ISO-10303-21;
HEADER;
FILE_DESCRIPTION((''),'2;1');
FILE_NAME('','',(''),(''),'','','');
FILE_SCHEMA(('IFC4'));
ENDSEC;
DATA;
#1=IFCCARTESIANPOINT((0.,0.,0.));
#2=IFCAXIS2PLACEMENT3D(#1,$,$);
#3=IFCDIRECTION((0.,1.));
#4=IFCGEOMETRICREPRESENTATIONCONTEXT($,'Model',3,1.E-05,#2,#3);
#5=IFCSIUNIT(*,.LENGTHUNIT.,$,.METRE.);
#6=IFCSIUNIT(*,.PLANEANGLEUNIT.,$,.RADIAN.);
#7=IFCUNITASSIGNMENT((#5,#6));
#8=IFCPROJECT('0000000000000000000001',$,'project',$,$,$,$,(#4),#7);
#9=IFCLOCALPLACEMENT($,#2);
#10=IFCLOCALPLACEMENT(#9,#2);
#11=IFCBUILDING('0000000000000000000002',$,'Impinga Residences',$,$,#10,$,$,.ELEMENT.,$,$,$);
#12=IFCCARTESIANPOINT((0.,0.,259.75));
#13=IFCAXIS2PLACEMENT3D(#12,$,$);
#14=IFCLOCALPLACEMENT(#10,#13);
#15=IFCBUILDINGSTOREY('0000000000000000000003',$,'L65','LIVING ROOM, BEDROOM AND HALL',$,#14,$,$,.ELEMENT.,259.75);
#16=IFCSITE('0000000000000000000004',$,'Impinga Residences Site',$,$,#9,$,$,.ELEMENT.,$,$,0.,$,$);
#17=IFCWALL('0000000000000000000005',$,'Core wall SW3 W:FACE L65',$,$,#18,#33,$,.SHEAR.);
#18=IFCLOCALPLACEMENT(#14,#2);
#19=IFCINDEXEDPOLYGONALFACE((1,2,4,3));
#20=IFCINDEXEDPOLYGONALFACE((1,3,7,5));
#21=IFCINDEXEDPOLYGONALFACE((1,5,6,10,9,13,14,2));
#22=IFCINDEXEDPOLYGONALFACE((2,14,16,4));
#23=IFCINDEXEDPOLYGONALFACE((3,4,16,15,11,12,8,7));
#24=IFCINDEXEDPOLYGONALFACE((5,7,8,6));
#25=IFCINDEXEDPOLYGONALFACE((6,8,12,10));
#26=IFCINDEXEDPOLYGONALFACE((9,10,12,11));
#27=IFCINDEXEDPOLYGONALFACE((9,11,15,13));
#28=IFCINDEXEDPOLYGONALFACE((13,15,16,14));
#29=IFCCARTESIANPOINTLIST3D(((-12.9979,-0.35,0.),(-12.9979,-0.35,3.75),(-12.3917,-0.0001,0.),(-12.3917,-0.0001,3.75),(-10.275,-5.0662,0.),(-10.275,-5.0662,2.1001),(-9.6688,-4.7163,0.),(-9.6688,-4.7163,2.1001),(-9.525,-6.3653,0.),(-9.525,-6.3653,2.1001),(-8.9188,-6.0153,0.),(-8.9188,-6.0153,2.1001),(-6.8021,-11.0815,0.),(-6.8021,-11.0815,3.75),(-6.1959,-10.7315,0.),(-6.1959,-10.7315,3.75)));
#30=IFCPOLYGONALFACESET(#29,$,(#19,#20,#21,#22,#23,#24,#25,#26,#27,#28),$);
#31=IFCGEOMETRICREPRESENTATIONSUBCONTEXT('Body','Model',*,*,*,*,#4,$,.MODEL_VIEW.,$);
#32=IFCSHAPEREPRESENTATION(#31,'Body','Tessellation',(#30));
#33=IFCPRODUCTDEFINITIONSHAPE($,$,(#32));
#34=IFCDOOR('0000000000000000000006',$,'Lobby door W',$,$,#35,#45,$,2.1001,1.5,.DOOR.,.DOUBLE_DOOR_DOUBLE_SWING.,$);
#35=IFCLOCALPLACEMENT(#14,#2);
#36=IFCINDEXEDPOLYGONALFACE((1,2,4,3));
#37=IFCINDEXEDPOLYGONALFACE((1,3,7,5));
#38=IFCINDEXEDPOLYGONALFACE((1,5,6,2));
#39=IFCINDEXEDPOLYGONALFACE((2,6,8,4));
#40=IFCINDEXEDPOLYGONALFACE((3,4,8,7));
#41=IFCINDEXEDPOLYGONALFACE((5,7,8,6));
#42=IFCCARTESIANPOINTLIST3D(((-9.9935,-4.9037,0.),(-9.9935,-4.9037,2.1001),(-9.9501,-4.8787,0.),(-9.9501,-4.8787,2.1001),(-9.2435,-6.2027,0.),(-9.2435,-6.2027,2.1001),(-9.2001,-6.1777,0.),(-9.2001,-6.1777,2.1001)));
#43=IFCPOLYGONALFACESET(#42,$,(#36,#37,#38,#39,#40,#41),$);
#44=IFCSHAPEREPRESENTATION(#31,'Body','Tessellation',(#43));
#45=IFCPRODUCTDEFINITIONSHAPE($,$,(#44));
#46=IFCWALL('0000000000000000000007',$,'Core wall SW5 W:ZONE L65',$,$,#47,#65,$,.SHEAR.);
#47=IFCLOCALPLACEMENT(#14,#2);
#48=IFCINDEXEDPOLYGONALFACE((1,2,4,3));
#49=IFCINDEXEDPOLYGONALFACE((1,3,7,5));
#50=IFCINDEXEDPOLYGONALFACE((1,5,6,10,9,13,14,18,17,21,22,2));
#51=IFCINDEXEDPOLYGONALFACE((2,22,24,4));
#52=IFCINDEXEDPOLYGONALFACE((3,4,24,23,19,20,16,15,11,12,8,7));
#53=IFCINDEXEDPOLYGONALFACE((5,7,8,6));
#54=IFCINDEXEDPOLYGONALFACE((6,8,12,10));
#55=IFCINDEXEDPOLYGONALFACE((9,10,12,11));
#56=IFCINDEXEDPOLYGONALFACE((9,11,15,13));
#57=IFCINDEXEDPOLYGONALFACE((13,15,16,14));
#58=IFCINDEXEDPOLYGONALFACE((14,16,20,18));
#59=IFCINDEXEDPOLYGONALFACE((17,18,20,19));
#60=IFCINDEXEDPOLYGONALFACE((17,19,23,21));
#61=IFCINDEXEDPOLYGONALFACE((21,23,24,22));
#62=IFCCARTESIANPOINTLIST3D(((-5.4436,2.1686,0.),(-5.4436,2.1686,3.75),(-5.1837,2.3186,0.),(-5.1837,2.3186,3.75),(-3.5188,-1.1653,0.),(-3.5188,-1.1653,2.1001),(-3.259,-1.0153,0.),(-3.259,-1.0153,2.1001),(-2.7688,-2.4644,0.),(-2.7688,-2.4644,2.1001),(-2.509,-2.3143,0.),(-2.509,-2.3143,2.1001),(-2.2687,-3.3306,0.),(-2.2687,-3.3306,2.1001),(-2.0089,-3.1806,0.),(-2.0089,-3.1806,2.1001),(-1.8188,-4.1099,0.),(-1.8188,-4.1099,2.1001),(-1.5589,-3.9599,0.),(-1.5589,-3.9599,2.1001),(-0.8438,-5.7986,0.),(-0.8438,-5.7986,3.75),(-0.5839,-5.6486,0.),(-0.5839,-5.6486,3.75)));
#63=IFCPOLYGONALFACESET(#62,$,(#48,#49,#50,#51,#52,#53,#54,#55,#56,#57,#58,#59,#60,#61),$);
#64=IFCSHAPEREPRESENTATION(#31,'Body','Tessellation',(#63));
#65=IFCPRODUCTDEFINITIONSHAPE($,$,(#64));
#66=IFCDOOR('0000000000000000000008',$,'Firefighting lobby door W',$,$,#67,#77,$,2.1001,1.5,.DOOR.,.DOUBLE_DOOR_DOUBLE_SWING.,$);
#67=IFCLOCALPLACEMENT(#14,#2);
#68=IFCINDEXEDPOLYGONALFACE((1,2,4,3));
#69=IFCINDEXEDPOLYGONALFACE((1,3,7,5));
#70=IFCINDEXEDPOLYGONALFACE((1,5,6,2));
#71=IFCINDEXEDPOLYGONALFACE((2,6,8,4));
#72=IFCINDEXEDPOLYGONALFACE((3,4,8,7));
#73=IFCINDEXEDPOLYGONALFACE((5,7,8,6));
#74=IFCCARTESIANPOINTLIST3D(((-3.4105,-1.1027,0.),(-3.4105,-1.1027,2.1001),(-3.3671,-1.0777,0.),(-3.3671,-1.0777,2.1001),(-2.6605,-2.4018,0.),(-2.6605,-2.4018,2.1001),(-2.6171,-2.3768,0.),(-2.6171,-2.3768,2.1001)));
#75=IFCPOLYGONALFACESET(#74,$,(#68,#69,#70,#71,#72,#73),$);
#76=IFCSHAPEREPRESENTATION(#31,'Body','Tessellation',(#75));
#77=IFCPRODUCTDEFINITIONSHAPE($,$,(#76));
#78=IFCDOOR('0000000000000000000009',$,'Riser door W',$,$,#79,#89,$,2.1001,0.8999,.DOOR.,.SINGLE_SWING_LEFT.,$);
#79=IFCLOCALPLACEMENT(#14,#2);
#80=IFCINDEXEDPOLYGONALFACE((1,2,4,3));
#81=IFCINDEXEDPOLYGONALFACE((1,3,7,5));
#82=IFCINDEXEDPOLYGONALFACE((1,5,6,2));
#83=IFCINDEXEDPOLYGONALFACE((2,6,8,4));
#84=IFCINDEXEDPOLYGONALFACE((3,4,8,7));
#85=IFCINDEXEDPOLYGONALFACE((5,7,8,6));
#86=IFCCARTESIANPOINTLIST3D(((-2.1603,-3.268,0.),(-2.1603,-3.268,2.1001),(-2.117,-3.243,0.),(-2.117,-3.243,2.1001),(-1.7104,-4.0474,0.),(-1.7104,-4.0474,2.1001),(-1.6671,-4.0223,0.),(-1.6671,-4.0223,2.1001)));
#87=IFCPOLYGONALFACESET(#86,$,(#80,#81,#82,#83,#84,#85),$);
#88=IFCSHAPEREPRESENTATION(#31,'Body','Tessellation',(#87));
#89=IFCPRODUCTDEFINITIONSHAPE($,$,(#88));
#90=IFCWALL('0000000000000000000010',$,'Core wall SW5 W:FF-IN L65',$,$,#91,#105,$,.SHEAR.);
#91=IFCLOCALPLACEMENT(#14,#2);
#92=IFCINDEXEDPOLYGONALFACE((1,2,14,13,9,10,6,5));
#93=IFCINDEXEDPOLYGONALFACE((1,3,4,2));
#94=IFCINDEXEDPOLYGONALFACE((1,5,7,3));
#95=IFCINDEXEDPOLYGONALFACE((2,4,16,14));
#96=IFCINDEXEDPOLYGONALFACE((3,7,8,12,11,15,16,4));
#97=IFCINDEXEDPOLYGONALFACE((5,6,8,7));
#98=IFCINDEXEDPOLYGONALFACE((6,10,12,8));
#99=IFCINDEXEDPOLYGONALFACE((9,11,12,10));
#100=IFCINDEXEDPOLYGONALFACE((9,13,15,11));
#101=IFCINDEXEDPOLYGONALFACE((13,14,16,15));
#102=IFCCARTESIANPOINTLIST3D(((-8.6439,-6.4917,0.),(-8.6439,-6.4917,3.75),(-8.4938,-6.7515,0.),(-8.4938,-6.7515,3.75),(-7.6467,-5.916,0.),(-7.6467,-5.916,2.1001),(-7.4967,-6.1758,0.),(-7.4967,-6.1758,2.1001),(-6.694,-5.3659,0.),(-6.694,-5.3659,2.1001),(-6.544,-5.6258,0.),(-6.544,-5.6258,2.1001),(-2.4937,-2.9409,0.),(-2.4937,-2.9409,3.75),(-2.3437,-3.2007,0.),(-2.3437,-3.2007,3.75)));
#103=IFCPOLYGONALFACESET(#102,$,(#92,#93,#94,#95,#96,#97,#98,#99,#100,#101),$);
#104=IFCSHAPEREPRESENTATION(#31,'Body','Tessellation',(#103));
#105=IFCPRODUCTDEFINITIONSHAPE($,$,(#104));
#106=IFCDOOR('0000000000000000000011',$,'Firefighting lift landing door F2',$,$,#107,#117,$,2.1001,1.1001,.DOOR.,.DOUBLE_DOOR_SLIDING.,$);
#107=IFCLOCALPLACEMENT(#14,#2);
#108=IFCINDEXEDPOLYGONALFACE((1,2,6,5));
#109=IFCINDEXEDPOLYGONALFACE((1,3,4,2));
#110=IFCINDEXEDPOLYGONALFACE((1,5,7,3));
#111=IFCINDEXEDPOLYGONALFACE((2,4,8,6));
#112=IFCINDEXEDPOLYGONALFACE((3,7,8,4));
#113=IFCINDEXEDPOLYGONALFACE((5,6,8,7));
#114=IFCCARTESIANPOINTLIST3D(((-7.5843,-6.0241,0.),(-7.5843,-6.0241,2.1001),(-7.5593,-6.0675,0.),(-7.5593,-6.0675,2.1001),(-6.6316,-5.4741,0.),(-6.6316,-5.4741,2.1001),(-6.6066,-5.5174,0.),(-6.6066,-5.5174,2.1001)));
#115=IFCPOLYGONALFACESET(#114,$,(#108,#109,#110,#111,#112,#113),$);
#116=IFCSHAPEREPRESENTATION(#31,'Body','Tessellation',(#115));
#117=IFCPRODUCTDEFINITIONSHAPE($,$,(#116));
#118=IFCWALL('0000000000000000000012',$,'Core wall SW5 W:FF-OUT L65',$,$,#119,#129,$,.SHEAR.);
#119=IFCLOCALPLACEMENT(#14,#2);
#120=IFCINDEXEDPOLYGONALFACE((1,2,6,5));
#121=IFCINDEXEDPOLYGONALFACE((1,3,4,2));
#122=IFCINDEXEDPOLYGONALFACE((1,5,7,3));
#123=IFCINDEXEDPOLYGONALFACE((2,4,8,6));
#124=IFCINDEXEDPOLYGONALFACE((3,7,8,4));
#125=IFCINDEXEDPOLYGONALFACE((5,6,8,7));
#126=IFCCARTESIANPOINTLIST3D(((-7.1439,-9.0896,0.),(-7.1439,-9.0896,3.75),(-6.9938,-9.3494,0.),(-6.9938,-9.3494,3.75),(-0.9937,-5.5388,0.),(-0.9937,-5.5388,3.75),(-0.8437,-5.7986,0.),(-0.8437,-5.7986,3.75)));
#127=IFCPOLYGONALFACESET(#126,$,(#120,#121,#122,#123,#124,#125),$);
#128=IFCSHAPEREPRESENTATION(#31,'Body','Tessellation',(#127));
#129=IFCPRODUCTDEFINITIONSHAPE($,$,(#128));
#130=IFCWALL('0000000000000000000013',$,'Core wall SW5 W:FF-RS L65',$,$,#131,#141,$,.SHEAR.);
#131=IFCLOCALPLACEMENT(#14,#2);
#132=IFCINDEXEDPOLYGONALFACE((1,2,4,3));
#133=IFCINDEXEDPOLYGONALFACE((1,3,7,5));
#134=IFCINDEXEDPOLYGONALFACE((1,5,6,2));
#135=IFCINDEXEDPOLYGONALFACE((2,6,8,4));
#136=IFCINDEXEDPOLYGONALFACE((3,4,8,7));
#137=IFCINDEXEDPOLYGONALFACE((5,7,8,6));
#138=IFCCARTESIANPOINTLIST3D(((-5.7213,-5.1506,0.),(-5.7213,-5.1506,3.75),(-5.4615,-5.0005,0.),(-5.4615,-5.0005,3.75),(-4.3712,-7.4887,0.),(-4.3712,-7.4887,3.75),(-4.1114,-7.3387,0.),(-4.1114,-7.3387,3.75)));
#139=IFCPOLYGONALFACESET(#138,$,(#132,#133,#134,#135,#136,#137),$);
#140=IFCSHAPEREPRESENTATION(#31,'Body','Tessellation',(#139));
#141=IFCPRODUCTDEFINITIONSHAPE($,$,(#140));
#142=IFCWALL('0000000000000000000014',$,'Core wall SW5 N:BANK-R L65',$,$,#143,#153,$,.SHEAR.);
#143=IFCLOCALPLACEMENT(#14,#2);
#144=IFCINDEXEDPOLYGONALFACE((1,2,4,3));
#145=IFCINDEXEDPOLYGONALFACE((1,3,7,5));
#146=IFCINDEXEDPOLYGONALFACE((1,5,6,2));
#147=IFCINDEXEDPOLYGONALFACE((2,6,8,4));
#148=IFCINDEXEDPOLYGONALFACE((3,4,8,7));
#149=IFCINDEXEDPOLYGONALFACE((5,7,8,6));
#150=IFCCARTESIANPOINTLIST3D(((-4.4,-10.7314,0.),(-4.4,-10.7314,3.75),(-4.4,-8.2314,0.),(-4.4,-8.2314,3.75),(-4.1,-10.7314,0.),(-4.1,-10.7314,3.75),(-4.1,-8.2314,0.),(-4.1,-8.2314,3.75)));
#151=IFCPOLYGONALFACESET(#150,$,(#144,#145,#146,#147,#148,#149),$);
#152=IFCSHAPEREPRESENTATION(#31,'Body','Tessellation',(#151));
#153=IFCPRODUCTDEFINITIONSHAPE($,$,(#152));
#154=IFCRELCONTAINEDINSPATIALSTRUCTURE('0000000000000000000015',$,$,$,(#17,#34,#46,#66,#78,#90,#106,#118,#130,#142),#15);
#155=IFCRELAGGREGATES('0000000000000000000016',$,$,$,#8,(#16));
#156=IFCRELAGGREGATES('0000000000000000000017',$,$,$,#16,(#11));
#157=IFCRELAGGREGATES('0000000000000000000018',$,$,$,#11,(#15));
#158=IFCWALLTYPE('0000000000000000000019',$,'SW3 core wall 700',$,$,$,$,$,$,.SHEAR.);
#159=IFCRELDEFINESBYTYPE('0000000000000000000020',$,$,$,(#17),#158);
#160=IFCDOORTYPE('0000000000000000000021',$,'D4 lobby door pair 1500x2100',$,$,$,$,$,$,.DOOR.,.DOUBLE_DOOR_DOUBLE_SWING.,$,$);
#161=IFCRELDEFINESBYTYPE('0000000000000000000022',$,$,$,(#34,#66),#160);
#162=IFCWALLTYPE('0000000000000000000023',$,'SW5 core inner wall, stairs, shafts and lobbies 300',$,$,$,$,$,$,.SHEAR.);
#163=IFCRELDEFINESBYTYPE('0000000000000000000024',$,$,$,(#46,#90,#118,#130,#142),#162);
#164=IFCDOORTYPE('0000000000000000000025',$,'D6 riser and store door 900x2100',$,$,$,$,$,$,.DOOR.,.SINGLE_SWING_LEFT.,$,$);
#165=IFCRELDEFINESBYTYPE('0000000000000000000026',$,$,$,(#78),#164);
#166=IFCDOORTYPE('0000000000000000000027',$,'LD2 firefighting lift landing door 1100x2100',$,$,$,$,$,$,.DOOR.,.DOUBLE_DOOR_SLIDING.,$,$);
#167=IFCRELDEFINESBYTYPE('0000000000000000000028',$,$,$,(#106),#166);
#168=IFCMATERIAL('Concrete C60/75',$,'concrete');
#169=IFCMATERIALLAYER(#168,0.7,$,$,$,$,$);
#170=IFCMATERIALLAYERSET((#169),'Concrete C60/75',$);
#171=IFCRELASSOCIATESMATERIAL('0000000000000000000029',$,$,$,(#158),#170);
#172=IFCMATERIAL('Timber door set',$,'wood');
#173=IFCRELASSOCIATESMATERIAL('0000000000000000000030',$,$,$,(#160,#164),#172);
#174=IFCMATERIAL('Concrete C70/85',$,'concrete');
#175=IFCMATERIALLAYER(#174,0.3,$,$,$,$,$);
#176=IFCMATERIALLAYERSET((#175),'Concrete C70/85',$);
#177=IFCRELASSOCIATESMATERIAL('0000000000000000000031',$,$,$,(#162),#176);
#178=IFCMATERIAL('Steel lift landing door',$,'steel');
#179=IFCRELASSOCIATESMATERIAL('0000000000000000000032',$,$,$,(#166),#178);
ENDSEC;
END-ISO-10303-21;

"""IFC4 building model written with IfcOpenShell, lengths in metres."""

from ifc_helpers import new_model, si_unit, direction, frame, frame_2d, origin, place, context, subcontext, project, spatial, rectangle, extrude, material, layer, layer_set, type_object, element, fill, save


model = new_model("IFC4")

# Units and contexts
model_context = context("Model", 3, precision=1e-05, world=origin(), true_north=direction((0.0, 1.0)))
body_context = subcontext(model_context, "Body", "Model", "MODEL_VIEW")
ifc_project = project(units=[si_unit("LENGTHUNIT", "METRE"), si_unit("PLANEANGLEUNIT", "RADIAN")], contexts=[model_context])

# Site, building, storey
site_placement = place(None, origin())
site = spatial("IfcSite", under=ifc_project, at=site_placement, Name="Impinga Residences Site", CompositionType="ELEMENT", RefElevation=0.0)
building_placement = place(site_placement, origin())
building = spatial("IfcBuilding", under=site, at=building_placement, Name="Impinga Residences", CompositionType="ELEMENT")
storey_placement = place(building_placement, frame((0.0, 0.0, 259.75)))
storey = spatial("IfcBuildingStorey", under=building, at=storey_placement, Name="L65", Description="LIVING ROOM, BEDROOM AND HALL", CompositionType="ELEMENT", Elevation=259.75)

# Shared definitions
ifc_material_1 = material(Name="Concrete C60/75", Category="concrete")
ifc_material_2 = material(Name="Timber door set", Category="wood")

# Wall, opening, door
ifc_layer_1 = layer(ifc_material_1, 0.7)
ifc_layer_set_1 = layer_set([ifc_layer_1], Name="Concrete C60/75")
wall_type_1 = type_object("IfcWallType", Name="SW3 core wall 700", PredefinedType="SHEAR", material=ifc_layer_set_1)
wall_1_placement = place(storey_placement, frame((-6.499, -10.9065, 0.0), z_axis=(0.0, 0.0, 1.0), x_axis=(-0.5, 0.866025, 0.0)))
wall_1 = element("IfcWall", 1, at=wall_1_placement, inside=storey, type_object=wall_type_1, Name="Core wall SW3 W:FACE L65", PredefinedType="SHEAR", context=body_context, shape_type="SweptSolid", body=[
    extrude(rectangle(XDim=12.3916, YDim=0.7, at=frame_2d((6.1958, 0.0))), origin(), (0.0, 0.0, 1.0), 3.75),
])
opening_1_placement = place(wall_1_placement, frame((5.4458, 0.0, 0.0)))
opening_1 = element("IfcOpeningElement", 2, at=opening_1_placement, cuts=wall_1, PredefinedType="OPENING", context=body_context, shape_type="SweptSolid", body=[
    extrude(rectangle(XDim=1.5, YDim=2.1001, at=frame_2d((0.75, 1.05))), frame((0.0, 0.3599, 0.0), z_axis=(0.0, -1.0, 0.0), x_axis=(1.0, 0.0, 0.0)), (0.0, 0.0, 1.0), 0.72),
])
door_type_1 = type_object("IfcDoorType", Name="D4 lobby door pair 1500x2100", OperationType="DOUBLE_DOOR_DOUBLE_SWING", PredefinedType="DOOR", material=ifc_material_2)
door_1_placement = place(opening_1_placement, origin())
door_1 = element("IfcDoor", 3, at=door_1_placement, inside=storey, type_object=door_type_1, Name="Lobby door W", OperationType="DOUBLE_DOOR_DOUBLE_SWING", OverallHeight=2.1001, OverallWidth=1.5, PredefinedType="DOOR", context=body_context, shape_type="SweptSolid", body=[
    extrude(rectangle(XDim=1.5, YDim=2.1001, at=frame_2d((0.75, 1.05))), frame((0.0, 0.0249, 0.0), z_axis=(0.0, -1.0, 0.0), x_axis=(1.0, 0.0, 0.0)), (0.0, 0.0, 1.0), 0.05),
])
fill(opening_1, door_1)

# Wall, openings, doors
ifc_material_3 = material(Name="Concrete C70/85", Category="concrete")
ifc_layer_2 = layer(ifc_material_3, 0.3)
ifc_layer_set_2 = layer_set([ifc_layer_2], Name="Concrete C70/85")
wall_type_2 = type_object("IfcWallType", Name="SW5 core inner wall, stairs, shafts and lobbies 300", PredefinedType="SHEAR", material=ifc_layer_set_2)
wall_2_placement = place(storey_placement, frame((-0.7139, -5.7236, 0.0), z_axis=(0.0, 0.0, 1.0), x_axis=(-0.499995, 0.866028, 0.0)))
wall_2 = element("IfcWall", 4, at=wall_2_placement, inside=storey, type_object=wall_type_2, Name="Core wall SW5 W:ZONE L65", PredefinedType="SHEAR", context=body_context, shape_type="SweptSolid", body=[
    extrude(rectangle(XDim=9.1997, YDim=0.3, at=frame_2d((4.5999, 0.0))), origin(), (0.0, 0.0, 1.0), 3.75),
])
opening_2_placement = place(wall_2_placement, frame((3.8501, 0.0, 0.0)))
opening_2 = element("IfcOpeningElement", 5, at=opening_2_placement, cuts=wall_2, PredefinedType="OPENING", context=body_context, shape_type="SweptSolid", body=[
    extrude(rectangle(XDim=1.5, YDim=2.1001, at=frame_2d((0.75, 1.05))), frame((0.0, 0.1599, 0.0), z_axis=(0.0, -1.0, 0.0), x_axis=(1.0, 0.0, 0.0)), (0.0, 0.0, 1.0), 0.3201),
])
opening_3_placement = place(wall_2_placement, frame((1.95, 0.0, 0.0)))
opening_3 = element("IfcOpeningElement", 6, at=opening_3_placement, cuts=wall_2, PredefinedType="OPENING", context=body_context, shape_type="SweptSolid", body=[
    extrude(rectangle(XDim=0.8999, YDim=2.1001, at=frame_2d((0.45, 1.05))), frame((0.0, 0.1599, 0.0), z_axis=(0.0, -1.0, 0.0), x_axis=(1.0, 0.0, 0.0)), (0.0, 0.0, 1.0), 0.3201),
])
door_2_placement = place(opening_2_placement, origin())
door_2 = element("IfcDoor", 7, at=door_2_placement, inside=storey, type_object=door_type_1, Name="Firefighting lobby door W", OperationType="DOUBLE_DOOR_DOUBLE_SWING", OverallHeight=2.1001, OverallWidth=1.5, PredefinedType="DOOR", context=body_context, shape_type="SweptSolid", body=[
    extrude(rectangle(XDim=1.5, YDim=2.1001, at=frame_2d((0.75, 1.05))), frame((0.0, 0.0249, 0.0), z_axis=(0.0, -1.0, 0.0), x_axis=(1.0, 0.0, 0.0)), (0.0, 0.0, 1.0), 0.05),
])
fill(opening_2, door_2)
door_type_2 = type_object("IfcDoorType", Name="D6 riser and store door 900x2100", OperationType="SINGLE_SWING_LEFT", PredefinedType="DOOR", material=ifc_material_2)
door_3_placement = place(opening_3_placement, origin())
door_3 = element("IfcDoor", 8, at=door_3_placement, inside=storey, type_object=door_type_2, Name="Riser door W", OperationType="SINGLE_SWING_LEFT", OverallHeight=2.1001, OverallWidth=0.8999, PredefinedType="DOOR", context=body_context, shape_type="SweptSolid", body=[
    extrude(rectangle(XDim=0.8999, YDim=2.1001, at=frame_2d((0.45, 1.05))), frame((0.0, 0.0249, 0.0), z_axis=(0.0, -1.0, 0.0), x_axis=(1.0, 0.0, 0.0)), (0.0, 0.0, 1.0), 0.05),
])
fill(opening_3, door_3)

# Wall, opening, door
wall_3_placement = place(storey_placement, frame((-2.4187, -3.0708, 0.0), z_axis=(0.0, 0.0, 1.0), x_axis=(-0.866026, -0.499999, 0.0)))
wall_3 = element("IfcWall", 9, at=wall_3_placement, inside=storey, type_object=wall_type_2, Name="Core wall SW5 W:FF-IN L65", PredefinedType="SHEAR", context=body_context, shape_type="SweptSolid", body=[
    extrude(rectangle(XDim=7.1016, YDim=0.3, at=frame_2d((3.5508, 0.0))), origin(), (0.0, 0.0, 1.0), 3.75),
])
opening_4_placement = place(wall_3_placement, frame((4.8501, 0.0, 0.0)))
opening_4 = element("IfcOpeningElement", 10, at=opening_4_placement, cuts=wall_3, PredefinedType="OPENING", context=body_context, shape_type="SweptSolid", body=[
    extrude(rectangle(XDim=1.1001, YDim=2.1001, at=frame_2d((0.55, 1.05))), frame((0.0, 0.1599, 0.0), z_axis=(0.0, -1.0, 0.0), x_axis=(1.0, 0.0, 0.0)), (0.0, 0.0, 1.0), 0.3201),
])
ifc_material_4 = material(Name="Steel lift landing door", Category="steel")
door_type_3 = type_object("IfcDoorType", Name="LD2 firefighting lift landing door 1100x2100", OperationType="DOUBLE_DOOR_SLIDING", PredefinedType="DOOR", material=ifc_material_4)
door_4_placement = place(opening_4_placement, origin())
door_4 = element("IfcDoor", 11, at=door_4_placement, inside=storey, type_object=door_type_3, Name="Firefighting lift landing door F2", OperationType="DOUBLE_DOOR_SLIDING", OverallHeight=2.1001, OverallWidth=1.1001, PredefinedType="DOOR", context=body_context, shape_type="SweptSolid", body=[
    extrude(rectangle(XDim=1.1001, YDim=2.1001, at=frame_2d((0.55, 1.05))), frame((0.0, 0.0249, 0.0), z_axis=(0.0, -1.0, 0.0), x_axis=(1.0, 0.0, 0.0)), (0.0, 0.0, 1.0), 0.05),
])
fill(opening_4, door_4)

# Walls
wall_4_placement = place(storey_placement, frame((-0.9187, -5.6687, 0.0), z_axis=(0.0, 0.0, 1.0), x_axis=(-0.866026, -0.499999, 0.0)))
element("IfcWall", 12, at=wall_4_placement, inside=storey, type_object=wall_type_2, Name="Core wall SW5 W:FF-OUT L65", PredefinedType="SHEAR", context=body_context, shape_type="SweptSolid", body=[
    extrude(rectangle(XDim=7.1016, YDim=0.3, at=frame_2d((3.5508, 0.0))), origin(), (0.0, 0.0, 1.0), 3.75),
])
wall_5_placement = place(storey_placement, frame((-4.2412, -7.4138, 0.0), z_axis=(0.0, 0.0, 1.0), x_axis=(-0.500049, 0.865997, 0.0)))
element("IfcWall", 13, at=wall_5_placement, inside=storey, type_object=wall_type_2, Name="Core wall SW5 W:FF-RS L65", PredefinedType="SHEAR", context=body_context, shape_type="SweptSolid", body=[
    extrude(rectangle(XDim=2.7, YDim=0.3, at=frame_2d((1.3501, 0.0))), origin(), (0.0, 0.0, 1.0), 3.75),
])
wall_6_placement = place(storey_placement, frame((-4.25, -8.2314, 0.0), z_axis=(0.0, 0.0, 1.0), x_axis=(0.0, -1.0, 0.0)))
element("IfcWall", 14, at=wall_6_placement, inside=storey, type_object=wall_type_2, Name="Core wall SW5 N:BANK-R L65", PredefinedType="SHEAR", context=body_context, shape_type="SweptSolid", body=[
    extrude(rectangle(XDim=2.5, YDim=0.3, at=frame_2d((1.25, 0.0))), origin(), (0.0, 0.0, 1.0), 3.75),
])

save(model, "model.ifc")
